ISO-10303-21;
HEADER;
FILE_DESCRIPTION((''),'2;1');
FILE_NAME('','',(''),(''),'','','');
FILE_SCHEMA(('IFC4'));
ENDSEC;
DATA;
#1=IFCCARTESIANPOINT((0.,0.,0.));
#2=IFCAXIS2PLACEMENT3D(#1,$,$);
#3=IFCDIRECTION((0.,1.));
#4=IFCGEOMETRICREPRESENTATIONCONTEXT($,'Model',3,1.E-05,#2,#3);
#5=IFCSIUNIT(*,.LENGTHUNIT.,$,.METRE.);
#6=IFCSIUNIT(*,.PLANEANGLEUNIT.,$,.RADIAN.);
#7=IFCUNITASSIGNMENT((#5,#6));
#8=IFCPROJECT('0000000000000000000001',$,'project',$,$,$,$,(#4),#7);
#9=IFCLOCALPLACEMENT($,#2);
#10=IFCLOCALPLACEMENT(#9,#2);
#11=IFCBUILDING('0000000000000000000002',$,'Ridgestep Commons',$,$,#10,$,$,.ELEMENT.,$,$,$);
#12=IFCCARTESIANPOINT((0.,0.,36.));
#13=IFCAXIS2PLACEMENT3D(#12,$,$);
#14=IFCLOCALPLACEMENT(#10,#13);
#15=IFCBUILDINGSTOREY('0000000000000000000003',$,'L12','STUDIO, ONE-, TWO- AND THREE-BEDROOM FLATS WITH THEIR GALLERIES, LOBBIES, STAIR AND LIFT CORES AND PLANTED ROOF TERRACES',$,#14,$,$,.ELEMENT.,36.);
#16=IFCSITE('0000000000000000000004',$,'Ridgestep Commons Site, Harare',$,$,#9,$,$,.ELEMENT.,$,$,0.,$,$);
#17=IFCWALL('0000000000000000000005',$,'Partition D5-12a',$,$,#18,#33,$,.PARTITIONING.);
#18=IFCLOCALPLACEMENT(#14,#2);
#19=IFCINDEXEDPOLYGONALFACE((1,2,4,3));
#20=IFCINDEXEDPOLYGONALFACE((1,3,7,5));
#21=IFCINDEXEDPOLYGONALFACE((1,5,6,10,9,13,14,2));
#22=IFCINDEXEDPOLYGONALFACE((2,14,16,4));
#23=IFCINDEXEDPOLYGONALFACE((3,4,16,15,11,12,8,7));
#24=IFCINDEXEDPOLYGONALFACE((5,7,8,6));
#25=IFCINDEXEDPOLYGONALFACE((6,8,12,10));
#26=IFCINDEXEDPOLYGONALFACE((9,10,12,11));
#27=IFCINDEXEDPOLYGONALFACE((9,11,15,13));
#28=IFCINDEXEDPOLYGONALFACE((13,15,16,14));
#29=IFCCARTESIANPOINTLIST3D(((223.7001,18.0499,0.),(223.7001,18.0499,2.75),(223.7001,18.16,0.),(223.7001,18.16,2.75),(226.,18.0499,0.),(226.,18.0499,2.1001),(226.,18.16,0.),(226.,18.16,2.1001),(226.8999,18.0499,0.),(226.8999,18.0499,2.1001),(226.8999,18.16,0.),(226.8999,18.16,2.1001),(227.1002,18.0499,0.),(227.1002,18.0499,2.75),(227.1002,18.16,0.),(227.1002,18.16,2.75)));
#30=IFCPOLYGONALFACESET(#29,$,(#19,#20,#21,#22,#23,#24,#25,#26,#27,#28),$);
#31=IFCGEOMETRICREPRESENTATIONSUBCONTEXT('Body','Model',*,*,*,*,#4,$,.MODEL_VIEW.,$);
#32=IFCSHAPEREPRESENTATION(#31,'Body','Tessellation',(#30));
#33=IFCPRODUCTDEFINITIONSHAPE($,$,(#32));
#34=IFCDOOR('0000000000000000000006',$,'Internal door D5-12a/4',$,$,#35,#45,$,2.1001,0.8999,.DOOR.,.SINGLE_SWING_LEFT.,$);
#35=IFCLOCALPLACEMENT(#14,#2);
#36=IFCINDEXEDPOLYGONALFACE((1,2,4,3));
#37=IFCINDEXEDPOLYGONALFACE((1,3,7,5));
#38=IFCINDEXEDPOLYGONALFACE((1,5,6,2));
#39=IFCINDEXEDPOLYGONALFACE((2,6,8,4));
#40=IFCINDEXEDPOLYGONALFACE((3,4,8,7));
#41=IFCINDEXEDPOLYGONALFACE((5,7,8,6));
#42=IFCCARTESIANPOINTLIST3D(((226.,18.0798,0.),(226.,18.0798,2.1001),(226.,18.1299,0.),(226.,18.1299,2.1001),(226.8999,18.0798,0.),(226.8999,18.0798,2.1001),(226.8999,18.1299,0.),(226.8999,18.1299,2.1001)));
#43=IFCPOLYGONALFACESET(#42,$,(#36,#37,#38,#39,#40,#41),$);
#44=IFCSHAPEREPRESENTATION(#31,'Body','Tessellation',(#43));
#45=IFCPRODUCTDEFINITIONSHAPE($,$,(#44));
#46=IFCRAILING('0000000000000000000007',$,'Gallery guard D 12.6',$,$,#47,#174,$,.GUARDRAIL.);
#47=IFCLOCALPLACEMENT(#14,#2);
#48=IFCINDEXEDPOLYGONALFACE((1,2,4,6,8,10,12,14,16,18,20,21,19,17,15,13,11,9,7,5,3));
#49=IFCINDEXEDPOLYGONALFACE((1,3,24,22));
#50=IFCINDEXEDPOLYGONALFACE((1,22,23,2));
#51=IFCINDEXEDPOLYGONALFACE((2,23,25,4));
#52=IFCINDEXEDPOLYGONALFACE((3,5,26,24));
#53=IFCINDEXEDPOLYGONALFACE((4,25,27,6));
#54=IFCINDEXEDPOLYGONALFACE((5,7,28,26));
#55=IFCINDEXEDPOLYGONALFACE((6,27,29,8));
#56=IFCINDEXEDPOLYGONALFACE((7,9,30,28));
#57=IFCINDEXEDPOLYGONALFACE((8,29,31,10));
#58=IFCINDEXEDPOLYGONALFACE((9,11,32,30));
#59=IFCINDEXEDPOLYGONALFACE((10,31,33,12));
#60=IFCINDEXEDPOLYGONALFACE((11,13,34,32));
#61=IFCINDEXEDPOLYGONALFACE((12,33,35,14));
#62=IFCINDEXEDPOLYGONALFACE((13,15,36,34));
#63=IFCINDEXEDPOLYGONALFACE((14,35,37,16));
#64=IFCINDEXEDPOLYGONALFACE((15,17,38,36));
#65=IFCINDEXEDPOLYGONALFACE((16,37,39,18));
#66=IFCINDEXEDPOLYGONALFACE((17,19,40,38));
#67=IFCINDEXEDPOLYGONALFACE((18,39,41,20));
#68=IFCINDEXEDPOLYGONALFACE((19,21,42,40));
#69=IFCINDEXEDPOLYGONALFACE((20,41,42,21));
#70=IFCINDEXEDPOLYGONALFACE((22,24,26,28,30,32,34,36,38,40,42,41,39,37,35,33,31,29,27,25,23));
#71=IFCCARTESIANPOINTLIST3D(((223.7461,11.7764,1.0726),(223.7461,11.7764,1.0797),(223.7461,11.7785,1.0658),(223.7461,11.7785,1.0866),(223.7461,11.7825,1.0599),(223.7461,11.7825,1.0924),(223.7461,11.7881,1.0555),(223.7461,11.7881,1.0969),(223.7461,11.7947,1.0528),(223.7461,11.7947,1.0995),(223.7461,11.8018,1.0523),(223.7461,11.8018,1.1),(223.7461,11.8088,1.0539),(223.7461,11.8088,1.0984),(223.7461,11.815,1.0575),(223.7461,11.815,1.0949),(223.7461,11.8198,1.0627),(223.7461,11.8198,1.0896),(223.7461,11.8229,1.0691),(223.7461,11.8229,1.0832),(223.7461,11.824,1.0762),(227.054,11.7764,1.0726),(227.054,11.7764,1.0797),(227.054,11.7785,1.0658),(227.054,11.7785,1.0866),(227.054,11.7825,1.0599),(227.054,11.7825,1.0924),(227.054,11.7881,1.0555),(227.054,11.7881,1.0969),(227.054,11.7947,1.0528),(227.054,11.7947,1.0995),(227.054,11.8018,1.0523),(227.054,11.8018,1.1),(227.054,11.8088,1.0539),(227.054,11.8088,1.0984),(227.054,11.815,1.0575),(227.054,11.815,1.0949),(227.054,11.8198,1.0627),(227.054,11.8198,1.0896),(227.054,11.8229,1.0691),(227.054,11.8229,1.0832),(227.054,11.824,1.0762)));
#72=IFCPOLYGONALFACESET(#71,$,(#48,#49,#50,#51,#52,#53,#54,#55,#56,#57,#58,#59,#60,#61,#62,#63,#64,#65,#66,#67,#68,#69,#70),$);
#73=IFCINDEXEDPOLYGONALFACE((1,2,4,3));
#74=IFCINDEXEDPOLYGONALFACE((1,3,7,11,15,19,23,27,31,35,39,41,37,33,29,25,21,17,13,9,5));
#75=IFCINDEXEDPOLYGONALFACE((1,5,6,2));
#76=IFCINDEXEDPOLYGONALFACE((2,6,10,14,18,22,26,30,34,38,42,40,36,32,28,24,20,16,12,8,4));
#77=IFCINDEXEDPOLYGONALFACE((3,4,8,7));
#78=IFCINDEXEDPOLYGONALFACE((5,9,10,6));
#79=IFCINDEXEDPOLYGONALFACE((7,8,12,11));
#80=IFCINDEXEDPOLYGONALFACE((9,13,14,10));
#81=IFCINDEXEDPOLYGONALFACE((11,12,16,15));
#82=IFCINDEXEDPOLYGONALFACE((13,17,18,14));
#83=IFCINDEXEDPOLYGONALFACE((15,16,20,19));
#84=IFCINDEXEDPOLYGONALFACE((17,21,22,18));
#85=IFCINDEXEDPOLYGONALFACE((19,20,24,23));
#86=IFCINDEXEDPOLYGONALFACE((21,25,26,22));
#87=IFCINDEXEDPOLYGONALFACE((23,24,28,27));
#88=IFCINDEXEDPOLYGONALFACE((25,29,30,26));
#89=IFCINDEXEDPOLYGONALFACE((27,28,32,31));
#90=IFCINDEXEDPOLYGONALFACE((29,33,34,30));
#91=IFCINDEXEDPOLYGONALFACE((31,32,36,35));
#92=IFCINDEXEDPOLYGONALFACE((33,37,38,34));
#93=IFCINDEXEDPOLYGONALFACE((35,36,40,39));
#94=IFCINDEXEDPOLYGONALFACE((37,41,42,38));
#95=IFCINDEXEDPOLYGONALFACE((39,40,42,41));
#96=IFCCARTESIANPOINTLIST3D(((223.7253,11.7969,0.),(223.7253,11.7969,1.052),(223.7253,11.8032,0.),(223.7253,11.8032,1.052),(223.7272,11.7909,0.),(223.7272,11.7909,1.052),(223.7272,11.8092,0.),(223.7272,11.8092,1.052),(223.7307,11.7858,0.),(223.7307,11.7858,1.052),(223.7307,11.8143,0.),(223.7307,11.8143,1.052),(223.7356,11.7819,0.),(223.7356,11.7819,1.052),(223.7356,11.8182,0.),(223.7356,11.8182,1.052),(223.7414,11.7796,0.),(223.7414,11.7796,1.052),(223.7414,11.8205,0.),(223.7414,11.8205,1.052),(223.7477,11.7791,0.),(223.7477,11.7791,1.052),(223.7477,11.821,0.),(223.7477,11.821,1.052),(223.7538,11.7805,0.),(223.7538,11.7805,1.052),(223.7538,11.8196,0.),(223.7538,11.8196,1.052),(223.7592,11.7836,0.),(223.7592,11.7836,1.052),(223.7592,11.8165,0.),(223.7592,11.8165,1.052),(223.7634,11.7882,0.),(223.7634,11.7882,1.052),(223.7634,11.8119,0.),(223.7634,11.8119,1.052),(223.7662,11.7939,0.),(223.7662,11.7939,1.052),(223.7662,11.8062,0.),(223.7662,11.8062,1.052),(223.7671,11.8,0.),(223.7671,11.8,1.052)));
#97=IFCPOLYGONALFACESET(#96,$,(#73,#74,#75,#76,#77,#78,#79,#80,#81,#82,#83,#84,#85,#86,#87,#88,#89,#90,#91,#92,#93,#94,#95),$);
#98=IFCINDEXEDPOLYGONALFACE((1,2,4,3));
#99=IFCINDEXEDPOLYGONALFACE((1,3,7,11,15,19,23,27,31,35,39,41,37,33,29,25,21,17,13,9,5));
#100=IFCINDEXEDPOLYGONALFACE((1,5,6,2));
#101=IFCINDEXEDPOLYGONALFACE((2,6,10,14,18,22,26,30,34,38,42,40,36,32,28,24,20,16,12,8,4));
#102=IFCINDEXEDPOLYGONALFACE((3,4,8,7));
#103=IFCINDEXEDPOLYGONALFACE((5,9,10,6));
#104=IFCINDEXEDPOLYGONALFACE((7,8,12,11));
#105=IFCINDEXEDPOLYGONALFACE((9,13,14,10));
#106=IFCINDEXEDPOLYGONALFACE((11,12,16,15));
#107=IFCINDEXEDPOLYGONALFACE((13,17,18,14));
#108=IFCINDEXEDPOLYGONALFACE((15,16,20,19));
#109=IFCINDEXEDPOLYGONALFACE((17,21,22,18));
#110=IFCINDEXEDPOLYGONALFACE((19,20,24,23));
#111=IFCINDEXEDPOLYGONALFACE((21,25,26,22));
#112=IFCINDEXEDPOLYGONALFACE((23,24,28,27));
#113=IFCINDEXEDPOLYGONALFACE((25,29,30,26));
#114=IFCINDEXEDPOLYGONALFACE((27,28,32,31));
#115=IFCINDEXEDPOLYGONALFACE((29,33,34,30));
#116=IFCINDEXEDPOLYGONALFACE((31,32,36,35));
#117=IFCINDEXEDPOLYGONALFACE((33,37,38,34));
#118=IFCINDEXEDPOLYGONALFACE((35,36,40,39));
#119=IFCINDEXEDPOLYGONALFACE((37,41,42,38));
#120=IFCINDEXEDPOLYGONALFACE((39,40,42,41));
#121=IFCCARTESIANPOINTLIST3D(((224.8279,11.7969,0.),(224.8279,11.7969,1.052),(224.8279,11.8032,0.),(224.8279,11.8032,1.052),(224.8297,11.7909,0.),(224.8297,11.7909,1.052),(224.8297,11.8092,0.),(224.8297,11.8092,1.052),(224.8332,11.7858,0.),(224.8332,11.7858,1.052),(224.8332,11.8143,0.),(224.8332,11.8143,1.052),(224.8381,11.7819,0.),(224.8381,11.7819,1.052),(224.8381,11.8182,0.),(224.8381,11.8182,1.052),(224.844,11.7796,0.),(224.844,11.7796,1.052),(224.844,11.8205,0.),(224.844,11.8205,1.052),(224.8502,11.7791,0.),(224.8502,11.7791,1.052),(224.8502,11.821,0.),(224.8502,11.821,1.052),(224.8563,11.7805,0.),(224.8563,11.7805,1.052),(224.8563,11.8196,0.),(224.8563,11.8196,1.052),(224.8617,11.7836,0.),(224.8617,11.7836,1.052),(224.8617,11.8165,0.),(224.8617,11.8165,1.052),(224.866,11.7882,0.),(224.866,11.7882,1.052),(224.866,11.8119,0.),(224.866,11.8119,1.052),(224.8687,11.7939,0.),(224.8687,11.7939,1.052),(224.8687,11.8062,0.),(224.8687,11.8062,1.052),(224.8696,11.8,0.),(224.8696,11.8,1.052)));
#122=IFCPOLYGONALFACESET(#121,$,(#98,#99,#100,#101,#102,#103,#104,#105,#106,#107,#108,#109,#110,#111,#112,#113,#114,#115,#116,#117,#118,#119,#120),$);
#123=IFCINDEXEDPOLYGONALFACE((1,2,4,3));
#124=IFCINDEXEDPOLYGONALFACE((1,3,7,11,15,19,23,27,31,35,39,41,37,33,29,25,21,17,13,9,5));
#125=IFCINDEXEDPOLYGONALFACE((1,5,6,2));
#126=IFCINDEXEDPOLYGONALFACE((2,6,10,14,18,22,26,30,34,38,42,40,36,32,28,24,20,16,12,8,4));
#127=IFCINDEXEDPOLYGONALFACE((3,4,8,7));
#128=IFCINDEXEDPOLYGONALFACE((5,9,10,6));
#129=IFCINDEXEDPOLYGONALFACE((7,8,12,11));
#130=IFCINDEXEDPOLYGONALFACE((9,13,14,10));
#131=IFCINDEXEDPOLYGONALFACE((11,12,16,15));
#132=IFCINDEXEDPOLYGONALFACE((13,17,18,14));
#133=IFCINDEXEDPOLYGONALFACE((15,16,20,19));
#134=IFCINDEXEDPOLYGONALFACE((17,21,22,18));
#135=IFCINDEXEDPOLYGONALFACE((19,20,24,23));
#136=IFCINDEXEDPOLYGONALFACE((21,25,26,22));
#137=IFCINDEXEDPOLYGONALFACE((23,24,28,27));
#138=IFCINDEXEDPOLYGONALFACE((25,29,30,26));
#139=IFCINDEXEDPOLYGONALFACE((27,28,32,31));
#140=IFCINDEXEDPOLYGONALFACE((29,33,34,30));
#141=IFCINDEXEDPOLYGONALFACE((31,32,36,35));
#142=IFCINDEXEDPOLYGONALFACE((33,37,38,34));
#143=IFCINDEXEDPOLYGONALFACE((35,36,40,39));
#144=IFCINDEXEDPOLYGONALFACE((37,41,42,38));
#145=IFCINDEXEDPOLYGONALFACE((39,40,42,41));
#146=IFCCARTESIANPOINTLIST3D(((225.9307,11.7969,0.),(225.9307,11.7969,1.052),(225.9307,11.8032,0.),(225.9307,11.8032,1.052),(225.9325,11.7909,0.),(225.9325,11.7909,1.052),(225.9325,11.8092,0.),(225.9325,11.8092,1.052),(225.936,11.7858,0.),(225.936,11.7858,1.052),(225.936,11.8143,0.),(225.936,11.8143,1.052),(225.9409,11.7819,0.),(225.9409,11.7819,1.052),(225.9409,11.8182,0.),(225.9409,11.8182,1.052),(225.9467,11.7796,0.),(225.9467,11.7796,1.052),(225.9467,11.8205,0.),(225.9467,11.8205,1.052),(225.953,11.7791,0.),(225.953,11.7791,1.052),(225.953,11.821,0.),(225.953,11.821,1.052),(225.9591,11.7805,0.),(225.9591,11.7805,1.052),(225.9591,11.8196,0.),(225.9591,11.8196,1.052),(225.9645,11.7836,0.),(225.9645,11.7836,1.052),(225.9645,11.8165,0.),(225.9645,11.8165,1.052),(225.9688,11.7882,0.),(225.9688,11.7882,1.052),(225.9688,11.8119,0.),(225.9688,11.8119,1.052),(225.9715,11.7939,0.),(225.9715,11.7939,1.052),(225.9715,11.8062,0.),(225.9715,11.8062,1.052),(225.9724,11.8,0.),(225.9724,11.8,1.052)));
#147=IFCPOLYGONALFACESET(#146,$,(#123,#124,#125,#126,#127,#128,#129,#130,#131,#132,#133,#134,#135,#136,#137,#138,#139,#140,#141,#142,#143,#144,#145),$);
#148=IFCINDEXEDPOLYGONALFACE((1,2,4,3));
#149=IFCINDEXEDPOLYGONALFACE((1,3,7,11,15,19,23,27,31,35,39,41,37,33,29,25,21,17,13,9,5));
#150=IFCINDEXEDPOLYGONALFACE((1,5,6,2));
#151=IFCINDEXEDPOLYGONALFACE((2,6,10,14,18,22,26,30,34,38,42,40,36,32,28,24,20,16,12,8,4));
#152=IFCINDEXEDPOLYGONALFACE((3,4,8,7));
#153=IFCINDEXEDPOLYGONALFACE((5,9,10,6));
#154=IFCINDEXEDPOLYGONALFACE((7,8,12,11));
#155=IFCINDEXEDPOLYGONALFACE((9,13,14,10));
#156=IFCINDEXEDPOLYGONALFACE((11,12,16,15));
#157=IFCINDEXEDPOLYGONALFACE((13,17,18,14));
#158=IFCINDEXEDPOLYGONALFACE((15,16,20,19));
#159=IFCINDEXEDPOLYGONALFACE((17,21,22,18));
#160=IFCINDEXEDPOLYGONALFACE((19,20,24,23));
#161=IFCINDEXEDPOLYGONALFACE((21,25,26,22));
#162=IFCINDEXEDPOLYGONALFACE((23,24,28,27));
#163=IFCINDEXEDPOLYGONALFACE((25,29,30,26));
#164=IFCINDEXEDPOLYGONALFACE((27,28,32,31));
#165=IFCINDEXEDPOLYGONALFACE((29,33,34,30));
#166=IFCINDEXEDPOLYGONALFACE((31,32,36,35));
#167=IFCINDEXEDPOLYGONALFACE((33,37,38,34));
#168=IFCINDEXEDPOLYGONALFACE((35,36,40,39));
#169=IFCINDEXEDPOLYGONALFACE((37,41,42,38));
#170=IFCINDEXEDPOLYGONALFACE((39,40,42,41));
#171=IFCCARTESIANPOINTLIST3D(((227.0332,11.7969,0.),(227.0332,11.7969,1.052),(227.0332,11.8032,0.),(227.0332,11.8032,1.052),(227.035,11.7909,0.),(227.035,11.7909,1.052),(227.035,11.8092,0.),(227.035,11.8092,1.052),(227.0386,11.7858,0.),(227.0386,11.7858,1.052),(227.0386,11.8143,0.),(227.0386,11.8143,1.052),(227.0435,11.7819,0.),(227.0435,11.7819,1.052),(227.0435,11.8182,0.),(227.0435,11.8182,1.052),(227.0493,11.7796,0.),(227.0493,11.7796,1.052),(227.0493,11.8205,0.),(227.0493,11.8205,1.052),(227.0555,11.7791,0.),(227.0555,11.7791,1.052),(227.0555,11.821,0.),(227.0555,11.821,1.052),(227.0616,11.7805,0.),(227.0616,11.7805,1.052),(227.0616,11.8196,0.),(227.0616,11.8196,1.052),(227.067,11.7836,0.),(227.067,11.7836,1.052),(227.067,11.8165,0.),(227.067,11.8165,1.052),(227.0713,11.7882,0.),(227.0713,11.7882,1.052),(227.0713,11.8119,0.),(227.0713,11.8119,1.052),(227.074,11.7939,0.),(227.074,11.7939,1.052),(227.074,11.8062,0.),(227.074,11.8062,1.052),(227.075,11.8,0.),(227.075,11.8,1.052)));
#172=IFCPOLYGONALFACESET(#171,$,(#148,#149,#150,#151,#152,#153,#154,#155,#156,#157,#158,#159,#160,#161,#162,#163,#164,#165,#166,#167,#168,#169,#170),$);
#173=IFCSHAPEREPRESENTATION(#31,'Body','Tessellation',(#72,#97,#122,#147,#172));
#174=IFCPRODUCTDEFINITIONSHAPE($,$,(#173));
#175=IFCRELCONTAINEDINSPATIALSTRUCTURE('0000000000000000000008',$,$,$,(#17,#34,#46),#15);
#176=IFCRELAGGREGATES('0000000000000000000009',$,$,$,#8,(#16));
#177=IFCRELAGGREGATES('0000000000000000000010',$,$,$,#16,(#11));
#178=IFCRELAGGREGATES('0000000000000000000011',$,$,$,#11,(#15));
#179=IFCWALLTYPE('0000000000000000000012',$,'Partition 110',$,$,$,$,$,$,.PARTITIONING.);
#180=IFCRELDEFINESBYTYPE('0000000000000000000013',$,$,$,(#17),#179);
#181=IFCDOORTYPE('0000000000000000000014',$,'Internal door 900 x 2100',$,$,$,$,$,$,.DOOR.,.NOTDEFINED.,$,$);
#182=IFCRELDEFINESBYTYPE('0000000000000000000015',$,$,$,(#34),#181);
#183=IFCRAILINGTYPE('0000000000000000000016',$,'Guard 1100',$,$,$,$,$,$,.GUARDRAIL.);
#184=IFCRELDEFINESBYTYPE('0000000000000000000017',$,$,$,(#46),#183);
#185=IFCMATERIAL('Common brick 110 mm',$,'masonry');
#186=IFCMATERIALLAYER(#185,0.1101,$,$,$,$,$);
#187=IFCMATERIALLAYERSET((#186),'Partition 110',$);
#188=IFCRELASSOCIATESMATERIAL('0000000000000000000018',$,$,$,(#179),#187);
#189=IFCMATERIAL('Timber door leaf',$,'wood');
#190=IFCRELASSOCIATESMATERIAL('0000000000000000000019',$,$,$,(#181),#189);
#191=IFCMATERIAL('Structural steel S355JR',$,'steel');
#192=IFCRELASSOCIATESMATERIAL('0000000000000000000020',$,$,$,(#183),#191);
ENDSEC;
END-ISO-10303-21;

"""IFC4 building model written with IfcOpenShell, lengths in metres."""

from ifc_helpers import new_model, si_unit, direction, frame, frame_2d, origin, origin_2d, place, context, subcontext, project, spatial, rectangle, circle, extrude, material, layer, layer_set, type_object, element, fill, save


model = new_model("IFC4")

# Units and contexts
model_context = context("Model", 3, precision=1e-05, world=origin(), true_north=direction((0.0, 1.0)))
body_context = subcontext(model_context, "Body", "Model", "MODEL_VIEW")
ifc_project = project(units=[si_unit("LENGTHUNIT", "METRE"), si_unit("PLANEANGLEUNIT", "RADIAN")], contexts=[model_context])

# Site, building, storey
site_placement = place(None, origin())
site = spatial("IfcSite", under=ifc_project, at=site_placement, Name="Ridgestep Commons Site, Harare", CompositionType="ELEMENT", RefElevation=0.0)
building_placement = place(site_placement, origin())
building = spatial("IfcBuilding", under=site, at=building_placement, Name="Ridgestep Commons", CompositionType="ELEMENT")
storey_placement = place(building_placement, frame((0.0, 0.0, 36.0)))
storey = spatial("IfcBuildingStorey", under=building, at=storey_placement, Name="L12", Description="STUDIO, ONE-, TWO- AND THREE-BEDROOM FLATS WITH THEIR GALLERIES, LOBBIES, STAIR AND LIFT CORES AND PLANTED ROOF TERRACES", CompositionType="ELEMENT", Elevation=36.0)

# Shared definitions
ifc_material_1 = material(Name="Common brick 110 mm", Category="masonry")
ifc_layer_1 = layer(ifc_material_1, 0.1101)
ifc_layer_set_1 = layer_set([ifc_layer_1], Name="Partition 110")
wall_type_1 = type_object("IfcWallType", Name="Partition 110", PredefinedType="PARTITIONING", material=ifc_layer_set_1)

# Wall, opening, door
wall_1_placement = place(storey_placement, frame((223.7, 18.105, 0.0), z_axis=(0.0, 0.0, 1.0), x_axis=(1.0, 0.0, 0.0)))
wall_1 = element("IfcWall", 1, at=wall_1_placement, inside=storey, type_object=wall_type_1, Name="Partition D5-12a", PredefinedType="PARTITIONING", context=body_context, shape_type="SweptSolid", body=[
    extrude(rectangle(XDim=3.4001, YDim=0.1101, at=frame_2d((1.7002, 0.0))), origin(), (0.0, 0.0, 1.0), 2.75),
])
opening_1_placement = place(wall_1_placement, frame((2.3, 0.0, 0.0)))
opening_1 = element("IfcOpeningElement", 2, at=opening_1_placement, cuts=wall_1, PredefinedType="OPENING", context=body_context, shape_type="SweptSolid", body=[
    extrude(rectangle(XDim=0.8999, YDim=2.1001, at=frame_2d((0.45, 1.05))), frame((0.0, 0.0649, 0.0), z_axis=(0.0, -1.0, 0.0), x_axis=(1.0, 0.0, 0.0)), (0.0, 0.0, 1.0), 0.1301),
])
ifc_material_2 = material(Name="Timber door leaf", Category="wood")
door_type_1 = type_object("IfcDoorType", Name="Internal door 900 x 2100", OperationType="NOTDEFINED", PredefinedType="DOOR", material=ifc_material_2)
door_1_placement = place(opening_1_placement, origin())
door_1 = element("IfcDoor", 3, at=door_1_placement, inside=storey, type_object=door_type_1, Name="Internal door D5-12a/4", OperationType="SINGLE_SWING_LEFT", OverallHeight=2.1001, OverallWidth=0.8999, PredefinedType="DOOR", context=body_context, shape_type="SweptSolid", body=[
    extrude(rectangle(XDim=0.8999, YDim=2.1001, at=frame_2d((0.45, 1.05))), frame((0.0, 0.0249, 0.0), z_axis=(0.0, -1.0, 0.0), x_axis=(1.0, 0.0, 0.0)), (0.0, 0.0, 1.0), 0.05),
])
fill(opening_1, door_1)

# Railing
ifc_material_3 = material(Name="Structural steel S355JR", Category="steel")
railing_type = type_object("IfcRailingType", Name="Guard 1100", PredefinedType="GUARDRAIL", material=ifc_material_3)
railing_1_placement = place(storey_placement, frame((223.7461, 11.8, 0.0)))
element("IfcRailing", 4, at=railing_1_placement, inside=storey, type_object=railing_type, Name="Gallery guard D 12.6", PredefinedType="GUARDRAIL", context=body_context, shape_type="SweptSolid", body=[
    extrude(circle(Radius=0.0239, at=origin_2d()), frame((0.0, 0.0, 1.0762), z_axis=(1.0, 0.0, 0.0), x_axis=(0.0, 1.0, 0.0)), (0.0, 0.0, 1.0), 3.3079),
    extrude(circle(Radius=0.021, at=origin_2d()), origin(), (0.0, 0.0, 1.0), 1.052),
    extrude(circle(Radius=0.021, at=origin_2d()), frame((1.1025, 0.0, 0.0)), (0.0, 0.0, 1.0), 1.052),
    extrude(circle(Radius=0.021, at=origin_2d()), frame((2.2053, 0.0, 0.0)), (0.0, 0.0, 1.0), 1.052),
    extrude(circle(Radius=0.021, at=origin_2d()), frame((3.3079, 0.0, 0.0)), (0.0, 0.0, 1.0), 1.052),
])

save(model, "model.ifc")
